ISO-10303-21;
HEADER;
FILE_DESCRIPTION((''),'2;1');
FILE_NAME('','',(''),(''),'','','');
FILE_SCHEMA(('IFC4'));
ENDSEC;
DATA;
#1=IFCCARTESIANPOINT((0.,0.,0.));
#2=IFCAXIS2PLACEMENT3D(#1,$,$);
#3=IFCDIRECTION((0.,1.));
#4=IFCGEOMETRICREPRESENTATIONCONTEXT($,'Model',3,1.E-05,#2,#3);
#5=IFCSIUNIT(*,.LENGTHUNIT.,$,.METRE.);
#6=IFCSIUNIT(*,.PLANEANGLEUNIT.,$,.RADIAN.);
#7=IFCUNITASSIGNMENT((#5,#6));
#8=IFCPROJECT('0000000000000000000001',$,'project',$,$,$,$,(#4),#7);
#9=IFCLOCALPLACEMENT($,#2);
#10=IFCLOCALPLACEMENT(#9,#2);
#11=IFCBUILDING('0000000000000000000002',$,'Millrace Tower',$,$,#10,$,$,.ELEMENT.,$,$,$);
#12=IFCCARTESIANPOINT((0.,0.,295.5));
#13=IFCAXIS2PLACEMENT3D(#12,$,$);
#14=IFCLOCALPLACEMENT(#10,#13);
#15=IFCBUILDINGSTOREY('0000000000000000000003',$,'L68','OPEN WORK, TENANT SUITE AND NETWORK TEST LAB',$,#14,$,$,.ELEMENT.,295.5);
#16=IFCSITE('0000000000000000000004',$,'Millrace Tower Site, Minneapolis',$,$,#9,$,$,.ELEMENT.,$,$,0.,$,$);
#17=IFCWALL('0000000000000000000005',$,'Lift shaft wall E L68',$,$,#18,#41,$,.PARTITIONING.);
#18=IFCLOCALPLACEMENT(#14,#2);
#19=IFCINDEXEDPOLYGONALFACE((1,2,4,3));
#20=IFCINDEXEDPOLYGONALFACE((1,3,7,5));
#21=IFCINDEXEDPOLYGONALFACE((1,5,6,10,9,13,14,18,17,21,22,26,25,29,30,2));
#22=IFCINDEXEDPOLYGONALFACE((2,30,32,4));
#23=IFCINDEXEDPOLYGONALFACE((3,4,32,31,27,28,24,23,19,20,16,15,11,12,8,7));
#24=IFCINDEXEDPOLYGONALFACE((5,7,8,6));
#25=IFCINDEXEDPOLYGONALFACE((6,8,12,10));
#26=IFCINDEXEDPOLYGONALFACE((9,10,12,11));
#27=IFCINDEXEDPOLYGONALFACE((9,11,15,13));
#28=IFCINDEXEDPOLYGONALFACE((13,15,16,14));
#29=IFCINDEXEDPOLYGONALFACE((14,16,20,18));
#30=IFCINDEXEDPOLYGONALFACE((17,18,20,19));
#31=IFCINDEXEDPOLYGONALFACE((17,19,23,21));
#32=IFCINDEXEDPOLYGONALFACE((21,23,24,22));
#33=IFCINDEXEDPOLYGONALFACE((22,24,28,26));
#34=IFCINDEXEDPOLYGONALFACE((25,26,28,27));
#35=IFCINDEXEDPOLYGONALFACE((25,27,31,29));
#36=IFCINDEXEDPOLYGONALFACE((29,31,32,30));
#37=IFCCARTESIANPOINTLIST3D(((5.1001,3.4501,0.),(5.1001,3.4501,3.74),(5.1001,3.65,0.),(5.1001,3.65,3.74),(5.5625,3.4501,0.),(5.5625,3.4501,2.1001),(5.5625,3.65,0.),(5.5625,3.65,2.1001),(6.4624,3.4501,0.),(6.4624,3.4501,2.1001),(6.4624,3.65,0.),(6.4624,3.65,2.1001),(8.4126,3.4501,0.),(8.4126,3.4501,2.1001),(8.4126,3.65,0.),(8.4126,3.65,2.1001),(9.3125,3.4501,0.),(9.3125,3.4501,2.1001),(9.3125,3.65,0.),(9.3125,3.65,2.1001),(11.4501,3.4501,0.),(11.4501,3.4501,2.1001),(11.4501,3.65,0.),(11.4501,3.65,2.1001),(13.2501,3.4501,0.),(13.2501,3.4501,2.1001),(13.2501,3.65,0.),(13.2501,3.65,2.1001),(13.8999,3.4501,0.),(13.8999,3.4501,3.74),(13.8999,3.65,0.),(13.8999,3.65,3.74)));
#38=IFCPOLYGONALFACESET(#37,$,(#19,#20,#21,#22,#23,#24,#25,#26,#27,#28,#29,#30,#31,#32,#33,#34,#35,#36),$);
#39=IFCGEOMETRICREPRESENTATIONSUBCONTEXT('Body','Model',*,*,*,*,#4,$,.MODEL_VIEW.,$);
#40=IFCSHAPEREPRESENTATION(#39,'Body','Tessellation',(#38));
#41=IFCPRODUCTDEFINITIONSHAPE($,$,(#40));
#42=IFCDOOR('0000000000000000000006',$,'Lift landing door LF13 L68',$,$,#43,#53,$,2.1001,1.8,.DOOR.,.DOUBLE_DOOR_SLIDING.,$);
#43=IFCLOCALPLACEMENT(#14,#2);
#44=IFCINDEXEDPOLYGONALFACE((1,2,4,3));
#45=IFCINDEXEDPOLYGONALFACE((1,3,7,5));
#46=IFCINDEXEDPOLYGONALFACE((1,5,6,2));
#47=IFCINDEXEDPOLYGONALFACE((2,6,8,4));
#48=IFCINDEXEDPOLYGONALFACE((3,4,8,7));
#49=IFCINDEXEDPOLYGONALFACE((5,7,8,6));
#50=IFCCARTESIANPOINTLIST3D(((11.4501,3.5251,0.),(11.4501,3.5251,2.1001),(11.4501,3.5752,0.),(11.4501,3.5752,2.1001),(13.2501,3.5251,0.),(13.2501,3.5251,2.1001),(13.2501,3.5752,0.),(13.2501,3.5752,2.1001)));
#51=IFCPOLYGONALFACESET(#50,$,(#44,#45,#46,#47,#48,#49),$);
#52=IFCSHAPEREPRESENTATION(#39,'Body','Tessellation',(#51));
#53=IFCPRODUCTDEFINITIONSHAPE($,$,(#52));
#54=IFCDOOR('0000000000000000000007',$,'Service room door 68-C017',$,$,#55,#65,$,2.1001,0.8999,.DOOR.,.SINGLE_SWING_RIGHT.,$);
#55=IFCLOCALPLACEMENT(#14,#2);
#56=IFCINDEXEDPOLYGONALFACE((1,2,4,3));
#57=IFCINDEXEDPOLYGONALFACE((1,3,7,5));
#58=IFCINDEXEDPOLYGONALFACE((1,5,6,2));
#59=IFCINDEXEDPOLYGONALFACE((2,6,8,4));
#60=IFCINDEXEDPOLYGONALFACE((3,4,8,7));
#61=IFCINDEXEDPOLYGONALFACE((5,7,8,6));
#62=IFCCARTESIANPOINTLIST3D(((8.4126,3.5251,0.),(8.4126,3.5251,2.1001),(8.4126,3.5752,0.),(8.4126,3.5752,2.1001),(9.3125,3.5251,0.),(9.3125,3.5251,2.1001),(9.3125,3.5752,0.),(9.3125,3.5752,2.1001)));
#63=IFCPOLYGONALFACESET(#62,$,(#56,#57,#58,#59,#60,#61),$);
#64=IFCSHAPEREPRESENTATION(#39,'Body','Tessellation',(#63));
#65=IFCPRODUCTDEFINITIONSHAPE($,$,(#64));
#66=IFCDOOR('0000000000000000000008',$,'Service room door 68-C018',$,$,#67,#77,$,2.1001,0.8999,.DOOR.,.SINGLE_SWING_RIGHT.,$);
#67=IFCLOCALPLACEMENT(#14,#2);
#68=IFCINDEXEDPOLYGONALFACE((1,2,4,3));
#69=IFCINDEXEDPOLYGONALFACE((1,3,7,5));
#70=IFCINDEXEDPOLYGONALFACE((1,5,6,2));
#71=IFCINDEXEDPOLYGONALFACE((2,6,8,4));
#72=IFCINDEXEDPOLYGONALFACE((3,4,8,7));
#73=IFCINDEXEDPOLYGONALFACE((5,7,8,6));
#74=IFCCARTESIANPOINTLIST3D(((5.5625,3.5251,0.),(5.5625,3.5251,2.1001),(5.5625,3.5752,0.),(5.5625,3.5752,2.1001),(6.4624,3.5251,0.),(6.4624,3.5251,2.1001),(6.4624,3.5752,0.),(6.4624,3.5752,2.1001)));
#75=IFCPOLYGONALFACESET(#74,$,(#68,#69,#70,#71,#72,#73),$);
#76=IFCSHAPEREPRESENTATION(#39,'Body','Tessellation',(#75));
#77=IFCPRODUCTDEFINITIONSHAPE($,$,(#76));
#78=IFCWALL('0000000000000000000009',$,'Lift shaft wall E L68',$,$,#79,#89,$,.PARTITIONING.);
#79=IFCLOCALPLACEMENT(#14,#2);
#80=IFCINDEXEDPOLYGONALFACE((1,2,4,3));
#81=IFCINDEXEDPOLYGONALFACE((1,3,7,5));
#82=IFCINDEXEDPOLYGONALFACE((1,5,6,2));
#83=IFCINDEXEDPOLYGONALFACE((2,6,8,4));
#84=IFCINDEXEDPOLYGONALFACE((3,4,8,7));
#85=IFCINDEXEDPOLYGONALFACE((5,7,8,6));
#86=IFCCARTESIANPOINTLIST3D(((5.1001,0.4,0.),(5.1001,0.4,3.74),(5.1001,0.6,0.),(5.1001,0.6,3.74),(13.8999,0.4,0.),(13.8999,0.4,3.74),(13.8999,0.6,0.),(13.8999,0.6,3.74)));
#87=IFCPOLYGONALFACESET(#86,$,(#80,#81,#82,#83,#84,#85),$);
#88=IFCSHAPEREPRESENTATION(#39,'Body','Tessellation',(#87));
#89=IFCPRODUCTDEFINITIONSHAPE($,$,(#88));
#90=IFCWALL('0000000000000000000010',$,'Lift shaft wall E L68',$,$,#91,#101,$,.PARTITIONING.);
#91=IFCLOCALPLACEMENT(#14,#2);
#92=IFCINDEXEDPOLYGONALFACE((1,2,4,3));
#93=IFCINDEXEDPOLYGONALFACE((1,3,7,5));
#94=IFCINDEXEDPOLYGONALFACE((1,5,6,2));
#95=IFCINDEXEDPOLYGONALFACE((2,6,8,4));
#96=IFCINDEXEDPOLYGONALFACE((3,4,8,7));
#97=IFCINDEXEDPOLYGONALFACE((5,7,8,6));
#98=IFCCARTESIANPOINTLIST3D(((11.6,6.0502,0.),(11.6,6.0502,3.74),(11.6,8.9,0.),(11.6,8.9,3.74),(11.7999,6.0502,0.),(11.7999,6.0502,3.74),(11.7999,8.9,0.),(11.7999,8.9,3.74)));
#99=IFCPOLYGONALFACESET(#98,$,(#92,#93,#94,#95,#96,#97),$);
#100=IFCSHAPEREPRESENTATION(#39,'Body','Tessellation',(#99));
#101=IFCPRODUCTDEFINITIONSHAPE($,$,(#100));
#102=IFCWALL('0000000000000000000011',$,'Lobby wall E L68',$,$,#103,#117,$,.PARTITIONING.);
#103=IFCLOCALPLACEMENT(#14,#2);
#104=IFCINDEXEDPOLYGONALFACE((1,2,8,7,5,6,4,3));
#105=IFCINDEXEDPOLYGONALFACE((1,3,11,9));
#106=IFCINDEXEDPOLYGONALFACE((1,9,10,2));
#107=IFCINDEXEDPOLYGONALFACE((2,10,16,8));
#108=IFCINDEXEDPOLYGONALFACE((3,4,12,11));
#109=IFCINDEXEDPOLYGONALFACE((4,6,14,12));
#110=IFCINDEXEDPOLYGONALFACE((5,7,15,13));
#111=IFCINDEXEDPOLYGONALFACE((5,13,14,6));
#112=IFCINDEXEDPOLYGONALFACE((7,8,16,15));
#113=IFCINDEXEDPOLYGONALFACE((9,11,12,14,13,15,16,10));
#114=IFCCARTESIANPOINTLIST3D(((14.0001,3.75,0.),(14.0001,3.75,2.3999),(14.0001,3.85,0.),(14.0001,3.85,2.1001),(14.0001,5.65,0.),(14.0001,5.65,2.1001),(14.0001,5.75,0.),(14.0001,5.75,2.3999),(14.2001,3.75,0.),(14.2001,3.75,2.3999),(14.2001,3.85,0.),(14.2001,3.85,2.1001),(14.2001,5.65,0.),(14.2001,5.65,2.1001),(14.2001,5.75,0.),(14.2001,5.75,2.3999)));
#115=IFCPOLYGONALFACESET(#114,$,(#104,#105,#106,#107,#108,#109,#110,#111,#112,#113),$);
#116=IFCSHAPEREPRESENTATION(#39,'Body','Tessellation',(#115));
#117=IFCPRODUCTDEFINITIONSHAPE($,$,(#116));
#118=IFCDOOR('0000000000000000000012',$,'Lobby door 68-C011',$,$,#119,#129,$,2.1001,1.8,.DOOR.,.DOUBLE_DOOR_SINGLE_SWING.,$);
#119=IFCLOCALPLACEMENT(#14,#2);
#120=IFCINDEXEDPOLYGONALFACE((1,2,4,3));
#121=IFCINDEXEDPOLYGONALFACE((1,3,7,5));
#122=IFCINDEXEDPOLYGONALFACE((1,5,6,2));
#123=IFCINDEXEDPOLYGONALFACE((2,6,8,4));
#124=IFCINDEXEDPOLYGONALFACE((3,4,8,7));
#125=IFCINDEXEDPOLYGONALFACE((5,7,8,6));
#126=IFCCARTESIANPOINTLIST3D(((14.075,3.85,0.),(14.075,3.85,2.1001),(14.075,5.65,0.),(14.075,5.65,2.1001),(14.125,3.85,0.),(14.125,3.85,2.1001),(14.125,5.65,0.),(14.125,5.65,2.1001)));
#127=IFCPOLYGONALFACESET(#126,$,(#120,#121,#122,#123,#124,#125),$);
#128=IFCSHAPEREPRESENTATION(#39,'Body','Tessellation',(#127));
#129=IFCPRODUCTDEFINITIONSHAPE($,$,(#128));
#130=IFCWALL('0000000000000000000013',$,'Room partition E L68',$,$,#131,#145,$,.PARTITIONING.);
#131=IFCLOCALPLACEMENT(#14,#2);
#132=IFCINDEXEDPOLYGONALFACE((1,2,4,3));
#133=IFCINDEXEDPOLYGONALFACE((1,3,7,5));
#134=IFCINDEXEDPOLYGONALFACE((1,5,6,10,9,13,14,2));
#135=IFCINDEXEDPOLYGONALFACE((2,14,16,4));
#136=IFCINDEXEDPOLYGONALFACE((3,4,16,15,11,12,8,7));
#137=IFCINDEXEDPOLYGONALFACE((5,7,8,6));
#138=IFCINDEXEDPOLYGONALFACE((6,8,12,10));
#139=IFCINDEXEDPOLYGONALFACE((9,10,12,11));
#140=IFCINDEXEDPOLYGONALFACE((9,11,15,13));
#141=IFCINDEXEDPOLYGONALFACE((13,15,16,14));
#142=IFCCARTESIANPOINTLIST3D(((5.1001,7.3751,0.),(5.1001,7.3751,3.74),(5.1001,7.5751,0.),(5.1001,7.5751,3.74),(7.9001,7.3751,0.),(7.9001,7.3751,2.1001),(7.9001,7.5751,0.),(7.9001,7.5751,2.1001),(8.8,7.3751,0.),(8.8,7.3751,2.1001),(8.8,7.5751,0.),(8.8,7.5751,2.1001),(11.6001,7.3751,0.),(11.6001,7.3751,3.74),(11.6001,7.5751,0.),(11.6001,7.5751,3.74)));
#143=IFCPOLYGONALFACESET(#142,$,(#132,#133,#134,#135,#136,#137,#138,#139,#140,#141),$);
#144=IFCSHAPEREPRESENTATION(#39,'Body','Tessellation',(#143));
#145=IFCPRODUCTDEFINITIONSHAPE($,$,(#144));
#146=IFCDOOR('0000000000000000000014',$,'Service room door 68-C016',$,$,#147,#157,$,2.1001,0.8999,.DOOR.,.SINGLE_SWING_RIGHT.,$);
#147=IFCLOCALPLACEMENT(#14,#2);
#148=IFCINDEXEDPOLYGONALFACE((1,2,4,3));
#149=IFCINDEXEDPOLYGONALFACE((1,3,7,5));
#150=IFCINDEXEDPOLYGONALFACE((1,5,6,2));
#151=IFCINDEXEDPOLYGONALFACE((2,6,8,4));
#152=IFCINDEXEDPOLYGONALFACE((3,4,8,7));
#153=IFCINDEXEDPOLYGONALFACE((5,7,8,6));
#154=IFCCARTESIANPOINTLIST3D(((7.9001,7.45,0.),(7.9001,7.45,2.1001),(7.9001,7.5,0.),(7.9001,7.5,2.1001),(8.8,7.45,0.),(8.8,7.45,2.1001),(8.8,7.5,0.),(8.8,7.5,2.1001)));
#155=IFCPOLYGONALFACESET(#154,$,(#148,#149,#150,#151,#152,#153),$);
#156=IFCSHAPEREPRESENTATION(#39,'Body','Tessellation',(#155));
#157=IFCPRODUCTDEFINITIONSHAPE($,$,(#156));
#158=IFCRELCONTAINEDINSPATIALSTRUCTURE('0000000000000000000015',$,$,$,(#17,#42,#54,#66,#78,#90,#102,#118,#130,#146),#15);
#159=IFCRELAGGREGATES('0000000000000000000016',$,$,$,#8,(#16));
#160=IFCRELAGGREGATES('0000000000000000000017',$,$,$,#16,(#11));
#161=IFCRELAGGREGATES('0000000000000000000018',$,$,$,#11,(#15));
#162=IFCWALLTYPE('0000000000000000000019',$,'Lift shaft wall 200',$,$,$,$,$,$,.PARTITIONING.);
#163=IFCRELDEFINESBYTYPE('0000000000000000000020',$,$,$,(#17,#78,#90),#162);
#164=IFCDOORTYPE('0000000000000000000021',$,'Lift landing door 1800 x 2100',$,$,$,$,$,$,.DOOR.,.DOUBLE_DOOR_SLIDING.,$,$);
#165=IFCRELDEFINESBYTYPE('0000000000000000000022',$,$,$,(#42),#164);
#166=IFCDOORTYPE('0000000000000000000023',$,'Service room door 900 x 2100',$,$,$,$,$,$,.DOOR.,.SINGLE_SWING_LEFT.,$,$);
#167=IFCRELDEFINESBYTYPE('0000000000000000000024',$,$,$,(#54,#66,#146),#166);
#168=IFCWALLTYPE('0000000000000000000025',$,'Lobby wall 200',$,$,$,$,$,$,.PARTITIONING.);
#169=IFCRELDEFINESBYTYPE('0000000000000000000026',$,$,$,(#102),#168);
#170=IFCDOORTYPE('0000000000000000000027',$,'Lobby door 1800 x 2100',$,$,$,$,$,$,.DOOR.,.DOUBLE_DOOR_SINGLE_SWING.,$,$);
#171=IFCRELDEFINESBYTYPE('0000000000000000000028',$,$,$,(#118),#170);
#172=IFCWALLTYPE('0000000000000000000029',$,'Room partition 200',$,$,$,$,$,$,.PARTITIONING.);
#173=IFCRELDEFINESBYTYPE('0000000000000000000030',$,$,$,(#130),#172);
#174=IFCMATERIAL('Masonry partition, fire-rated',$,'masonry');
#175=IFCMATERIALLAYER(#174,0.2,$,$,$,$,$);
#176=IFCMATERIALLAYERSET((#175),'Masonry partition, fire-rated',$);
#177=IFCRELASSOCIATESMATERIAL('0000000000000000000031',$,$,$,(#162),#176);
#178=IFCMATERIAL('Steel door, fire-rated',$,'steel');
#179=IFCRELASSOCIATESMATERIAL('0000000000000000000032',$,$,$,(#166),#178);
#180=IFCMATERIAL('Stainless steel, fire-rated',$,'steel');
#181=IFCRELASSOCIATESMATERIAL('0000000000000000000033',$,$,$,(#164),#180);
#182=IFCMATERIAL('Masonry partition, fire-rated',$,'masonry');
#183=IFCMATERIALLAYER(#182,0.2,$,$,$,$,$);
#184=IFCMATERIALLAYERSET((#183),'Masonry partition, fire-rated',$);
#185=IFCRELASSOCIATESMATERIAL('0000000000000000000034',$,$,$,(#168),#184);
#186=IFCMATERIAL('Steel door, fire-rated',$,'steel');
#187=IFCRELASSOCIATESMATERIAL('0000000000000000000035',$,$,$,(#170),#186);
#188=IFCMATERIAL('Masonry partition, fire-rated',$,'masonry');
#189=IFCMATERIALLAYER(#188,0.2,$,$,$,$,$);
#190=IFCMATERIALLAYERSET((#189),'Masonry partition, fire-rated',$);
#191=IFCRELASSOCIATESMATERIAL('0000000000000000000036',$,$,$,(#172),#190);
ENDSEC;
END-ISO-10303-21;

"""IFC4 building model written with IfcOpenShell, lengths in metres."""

from ifc_helpers import new_model, si_unit, direction, frame, frame_2d, origin, place, context, subcontext, project, spatial, rectangle, extrude, material, layer, layer_set, type_object, element, fill, save


model = new_model("IFC4")

# Units and contexts
model_context = context("Model", 3, precision=1e-05, world=origin(), true_north=direction((0.0, 1.0)))
body_context = subcontext(model_context, "Body", "Model", "MODEL_VIEW")
ifc_project = project(units=[si_unit("LENGTHUNIT", "METRE"), si_unit("PLANEANGLEUNIT", "RADIAN")], contexts=[model_context])

# Site, building, storey
site_placement = place(None, origin())
site = spatial("IfcSite", under=ifc_project, at=site_placement, Name="Millrace Tower Site, Minneapolis", CompositionType="ELEMENT", RefElevation=0.0)
building_placement = place(site_placement, origin())
building = spatial("IfcBuilding", under=site, at=building_placement, Name="Millrace Tower", CompositionType="ELEMENT")
storey_placement = place(building_placement, frame((0.0, 0.0, 295.5)))
storey = spatial("IfcBuildingStorey", under=building, at=storey_placement, Name="L68", Description="OPEN WORK, TENANT SUITE AND NETWORK TEST LAB", CompositionType="ELEMENT", Elevation=295.5)

# Wall, openings, doors
ifc_material_1 = material(Name="Masonry partition, fire-rated", Category="masonry")
ifc_layer_1 = layer(ifc_material_1, 0.2)
ifc_layer_set_1 = layer_set([ifc_layer_1], Name="Masonry partition, fire-rated")
wall_type_1 = type_object("IfcWallType", Name="Lift shaft wall 200", PredefinedType="PARTITIONING", material=ifc_layer_set_1)
ifc_material_2 = material(Name="Steel door, fire-rated", Category="steel")
door_type_1 = type_object("IfcDoorType", Name="Service room door 900 x 2100", OperationType="SINGLE_SWING_LEFT", PredefinedType="DOOR", material=ifc_material_2)
wall_1_placement = place(storey_placement, frame((13.8999, 3.55, 0.0), z_axis=(0.0, 0.0, 1.0), x_axis=(-1.0, 0.0, 0.0)))
wall_1 = element("IfcWall", 1, at=wall_1_placement, inside=storey, type_object=wall_type_1, Name="Lift shaft wall E L68", PredefinedType="PARTITIONING", context=body_context, shape_type="SweptSolid", body=[
    extrude(rectangle(XDim=8.7998, YDim=0.2, at=frame_2d((4.3999, 0.0))), origin(), (0.0, 0.0, 1.0), 3.74),
])
opening_1_placement = place(wall_1_placement, frame((0.6499, 0.0, 0.0)))
opening_1 = element("IfcOpeningElement", 2, at=opening_1_placement, cuts=wall_1, PredefinedType="OPENING", context=body_context, shape_type="SweptSolid", body=[
    extrude(rectangle(XDim=1.8, YDim=2.1001, at=frame_2d((0.8999, 1.05))), frame((0.0, 0.1099, 0.0), z_axis=(0.0, -1.0, 0.0), x_axis=(1.0, 0.0, 0.0)), (0.0, 0.0, 1.0), 0.22),
])
opening_2_placement = place(wall_1_placement, frame((4.5874, 0.0, 0.0)))
opening_2 = element("IfcOpeningElement", 3, at=opening_2_placement, cuts=wall_1, PredefinedType="OPENING", context=body_context, shape_type="SweptSolid", body=[
    extrude(rectangle(XDim=0.8999, YDim=2.1001, at=frame_2d((0.45, 1.05))), frame((0.0, 0.1099, 0.0), z_axis=(0.0, -1.0, 0.0), x_axis=(1.0, 0.0, 0.0)), (0.0, 0.0, 1.0), 0.22),
])
opening_3_placement = place(wall_1_placement, frame((7.4375, 0.0, 0.0)))
opening_3 = element("IfcOpeningElement", 4, at=opening_3_placement, cuts=wall_1, PredefinedType="OPENING", context=body_context, shape_type="SweptSolid", body=[
    extrude(rectangle(XDim=0.8999, YDim=2.1001, at=frame_2d((0.45, 1.05))), frame((0.0, 0.1099, 0.0), z_axis=(0.0, -1.0, 0.0), x_axis=(1.0, 0.0, 0.0)), (0.0, 0.0, 1.0), 0.22),
])
ifc_material_3 = material(Name="Stainless steel, fire-rated", Category="steel")
door_type_2 = type_object("IfcDoorType", Name="Lift landing door 1800 x 2100", OperationType="DOUBLE_DOOR_SLIDING", PredefinedType="DOOR", material=ifc_material_3)
door_1_placement = place(opening_1_placement, origin())
door_1 = element("IfcDoor", 5, at=door_1_placement, inside=storey, type_object=door_type_2, Name="Lift landing door LF13 L68", OperationType="DOUBLE_DOOR_SLIDING", OverallHeight=2.1001, OverallWidth=1.8, PredefinedType="DOOR", context=body_context, shape_type="SweptSolid", body=[
    extrude(rectangle(XDim=1.8, YDim=2.1001, at=frame_2d((0.8999, 1.05))), frame((0.0, 0.0249, 0.0), z_axis=(0.0, -1.0, 0.0), x_axis=(1.0, 0.0, 0.0)), (0.0, 0.0, 1.0), 0.05),
])
fill(opening_1, door_1)
door_2_placement = place(opening_2_placement, origin())
door_2 = element("IfcDoor", 6, at=door_2_placement, inside=storey, type_object=door_type_1, Name="Service room door 68-C017", OperationType="SINGLE_SWING_RIGHT", OverallHeight=2.1001, OverallWidth=0.8999, PredefinedType="DOOR", context=body_context, shape_type="SweptSolid", body=[
    extrude(rectangle(XDim=0.8999, YDim=2.1001, at=frame_2d((0.45, 1.05))), frame((0.0, 0.0249, 0.0), z_axis=(0.0, -1.0, 0.0), x_axis=(1.0, 0.0, 0.0)), (0.0, 0.0, 1.0), 0.05),
])
fill(opening_2, door_2)
door_3_placement = place(opening_3_placement, origin())
door_3 = element("IfcDoor", 7, at=door_3_placement, inside=storey, type_object=door_type_1, Name="Service room door 68-C018", OperationType="SINGLE_SWING_RIGHT", OverallHeight=2.1001, OverallWidth=0.8999, PredefinedType="DOOR", context=body_context, shape_type="SweptSolid", body=[
    extrude(rectangle(XDim=0.8999, YDim=2.1001, at=frame_2d((0.45, 1.05))), frame((0.0, 0.0249, 0.0), z_axis=(0.0, -1.0, 0.0), x_axis=(1.0, 0.0, 0.0)), (0.0, 0.0, 1.0), 0.05),
])
fill(opening_3, door_3)

# Walls
wall_2_placement = place(storey_placement, frame((13.8999, 0.5, 0.0), z_axis=(0.0, 0.0, 1.0), x_axis=(-1.0, 0.0, 0.0)))
element("IfcWall", 8, at=wall_2_placement, inside=storey, type_object=wall_type_1, Name="Lift shaft wall E L68", PredefinedType="PARTITIONING", context=body_context, shape_type="SweptSolid", body=[
    extrude(rectangle(XDim=8.7998, YDim=0.2, at=frame_2d((4.3999, 0.0))), origin(), (0.0, 0.0, 1.0), 3.74),
])
wall_3_placement = place(storey_placement, frame((11.7, 8.8999, 0.0), z_axis=(0.0, 0.0, 1.0), x_axis=(0.0, -1.0, 0.0)))
element("IfcWall", 9, at=wall_3_placement, inside=storey, type_object=wall_type_1, Name="Lift shaft wall E L68", PredefinedType="PARTITIONING", context=body_context, shape_type="SweptSolid", body=[
    extrude(rectangle(XDim=2.8499, YDim=0.2, at=frame_2d((1.4248, 0.0))), origin(), (0.0, 0.0, 1.0), 3.74),
])

# Walls, openings, doors
ifc_material_4 = material(Name="Masonry partition, fire-rated", Category="masonry")
ifc_layer_2 = layer(ifc_material_4, 0.2)
ifc_layer_set_2 = layer_set([ifc_layer_2], Name="Masonry partition, fire-rated")
wall_type_2 = type_object("IfcWallType", Name="Lobby wall 200", PredefinedType="PARTITIONING", material=ifc_layer_set_2)
wall_4_placement = place(storey_placement, frame((14.1001, 5.75, 0.0), z_axis=(0.0, 0.0, 1.0), x_axis=(0.0, -1.0, 0.0)))
wall_4 = element("IfcWall", 10, at=wall_4_placement, inside=storey, type_object=wall_type_2, Name="Lobby wall E L68", PredefinedType="PARTITIONING", context=body_context, shape_type="SweptSolid", body=[
    extrude(rectangle(XDim=2.0, YDim=0.2, at=frame_2d((1.0, 0.0))), origin(), (0.0, 0.0, 1.0), 2.3999),
])
opening_4_placement = place(wall_4_placement, frame((0.1001, 0.0, 0.0)))
opening_4 = element("IfcOpeningElement", 11, at=opening_4_placement, cuts=wall_4, PredefinedType="OPENING", context=body_context, shape_type="SweptSolid", body=[
    extrude(rectangle(XDim=1.8, YDim=2.1001, at=frame_2d((0.8999, 1.05))), frame((0.0, 0.1099, 0.0), z_axis=(0.0, -1.0, 0.0), x_axis=(1.0, 0.0, 0.0)), (0.0, 0.0, 1.0), 0.22),
])
ifc_material_5 = material(Name="Steel door, fire-rated", Category="steel")
door_type_3 = type_object("IfcDoorType", Name="Lobby door 1800 x 2100", OperationType="DOUBLE_DOOR_SINGLE_SWING", PredefinedType="DOOR", material=ifc_material_5)
door_4_placement = place(opening_4_placement, origin())
door_4 = element("IfcDoor", 12, at=door_4_placement, inside=storey, type_object=door_type_3, Name="Lobby door 68-C011", OperationType="DOUBLE_DOOR_SINGLE_SWING", OverallHeight=2.1001, OverallWidth=1.8, PredefinedType="DOOR", context=body_context, shape_type="SweptSolid", body=[
    extrude(rectangle(XDim=1.8, YDim=2.1001, at=frame_2d((0.8999, 1.05))), frame((0.0, 0.0249, 0.0), z_axis=(0.0, -1.0, 0.0), x_axis=(1.0, 0.0, 0.0)), (0.0, 0.0, 1.0), 0.05),
])
fill(opening_4, door_4)
ifc_material_6 = material(Name="Masonry partition, fire-rated", Category="masonry")
ifc_layer_3 = layer(ifc_material_6, 0.2)
ifc_layer_set_3 = layer_set([ifc_layer_3], Name="Masonry partition, fire-rated")
wall_type_3 = type_object("IfcWallType", Name="Room partition 200", PredefinedType="PARTITIONING", material=ifc_layer_set_3)
wall_5_placement = place(storey_placement, frame((11.6001, 7.4751, 0.0), z_axis=(0.0, 0.0, 1.0), x_axis=(-1.0, 0.0, 0.0)))
wall_5 = element("IfcWall", 13, at=wall_5_placement, inside=storey, type_object=wall_type_3, Name="Room partition E L68", PredefinedType="PARTITIONING", context=body_context, shape_type="SweptSolid", body=[
    extrude(rectangle(XDim=6.5, YDim=0.2, at=frame_2d((3.25, 0.0))), origin(), (0.0, 0.0, 1.0), 3.74),
])
opening_5_placement = place(wall_5_placement, frame((2.8, 0.0, 0.0)))
opening_5 = element("IfcOpeningElement", 14, at=opening_5_placement, cuts=wall_5, PredefinedType="OPENING", context=body_context, shape_type="SweptSolid", body=[
    extrude(rectangle(XDim=0.8999, YDim=2.1001, at=frame_2d((0.45, 1.05))), frame((0.0, 0.1099, 0.0), z_axis=(0.0, -1.0, 0.0), x_axis=(1.0, 0.0, 0.0)), (0.0, 0.0, 1.0), 0.22),
])
door_5_placement = place(opening_5_placement, frame((0.8999, 0.0, 0.0), z_axis=(0.0, 0.0, 1.0), x_axis=(-1.0, 0.0, 0.0)))
door_5 = element("IfcDoor", 15, at=door_5_placement, inside=storey, type_object=door_type_1, Name="Service room door 68-C016", OperationType="SINGLE_SWING_RIGHT", OverallHeight=2.1001, OverallWidth=0.8999, PredefinedType="DOOR", context=body_context, shape_type="SweptSolid", body=[
    extrude(rectangle(XDim=0.8999, YDim=2.1001, at=frame_2d((0.45, 1.05))), frame((0.0, 0.0249, 0.0), z_axis=(0.0, -1.0, 0.0), x_axis=(1.0, 0.0, 0.0)), (0.0, 0.0, 1.0), 0.05),
])
fill(opening_5, door_5)

save(model, "model.ifc")
